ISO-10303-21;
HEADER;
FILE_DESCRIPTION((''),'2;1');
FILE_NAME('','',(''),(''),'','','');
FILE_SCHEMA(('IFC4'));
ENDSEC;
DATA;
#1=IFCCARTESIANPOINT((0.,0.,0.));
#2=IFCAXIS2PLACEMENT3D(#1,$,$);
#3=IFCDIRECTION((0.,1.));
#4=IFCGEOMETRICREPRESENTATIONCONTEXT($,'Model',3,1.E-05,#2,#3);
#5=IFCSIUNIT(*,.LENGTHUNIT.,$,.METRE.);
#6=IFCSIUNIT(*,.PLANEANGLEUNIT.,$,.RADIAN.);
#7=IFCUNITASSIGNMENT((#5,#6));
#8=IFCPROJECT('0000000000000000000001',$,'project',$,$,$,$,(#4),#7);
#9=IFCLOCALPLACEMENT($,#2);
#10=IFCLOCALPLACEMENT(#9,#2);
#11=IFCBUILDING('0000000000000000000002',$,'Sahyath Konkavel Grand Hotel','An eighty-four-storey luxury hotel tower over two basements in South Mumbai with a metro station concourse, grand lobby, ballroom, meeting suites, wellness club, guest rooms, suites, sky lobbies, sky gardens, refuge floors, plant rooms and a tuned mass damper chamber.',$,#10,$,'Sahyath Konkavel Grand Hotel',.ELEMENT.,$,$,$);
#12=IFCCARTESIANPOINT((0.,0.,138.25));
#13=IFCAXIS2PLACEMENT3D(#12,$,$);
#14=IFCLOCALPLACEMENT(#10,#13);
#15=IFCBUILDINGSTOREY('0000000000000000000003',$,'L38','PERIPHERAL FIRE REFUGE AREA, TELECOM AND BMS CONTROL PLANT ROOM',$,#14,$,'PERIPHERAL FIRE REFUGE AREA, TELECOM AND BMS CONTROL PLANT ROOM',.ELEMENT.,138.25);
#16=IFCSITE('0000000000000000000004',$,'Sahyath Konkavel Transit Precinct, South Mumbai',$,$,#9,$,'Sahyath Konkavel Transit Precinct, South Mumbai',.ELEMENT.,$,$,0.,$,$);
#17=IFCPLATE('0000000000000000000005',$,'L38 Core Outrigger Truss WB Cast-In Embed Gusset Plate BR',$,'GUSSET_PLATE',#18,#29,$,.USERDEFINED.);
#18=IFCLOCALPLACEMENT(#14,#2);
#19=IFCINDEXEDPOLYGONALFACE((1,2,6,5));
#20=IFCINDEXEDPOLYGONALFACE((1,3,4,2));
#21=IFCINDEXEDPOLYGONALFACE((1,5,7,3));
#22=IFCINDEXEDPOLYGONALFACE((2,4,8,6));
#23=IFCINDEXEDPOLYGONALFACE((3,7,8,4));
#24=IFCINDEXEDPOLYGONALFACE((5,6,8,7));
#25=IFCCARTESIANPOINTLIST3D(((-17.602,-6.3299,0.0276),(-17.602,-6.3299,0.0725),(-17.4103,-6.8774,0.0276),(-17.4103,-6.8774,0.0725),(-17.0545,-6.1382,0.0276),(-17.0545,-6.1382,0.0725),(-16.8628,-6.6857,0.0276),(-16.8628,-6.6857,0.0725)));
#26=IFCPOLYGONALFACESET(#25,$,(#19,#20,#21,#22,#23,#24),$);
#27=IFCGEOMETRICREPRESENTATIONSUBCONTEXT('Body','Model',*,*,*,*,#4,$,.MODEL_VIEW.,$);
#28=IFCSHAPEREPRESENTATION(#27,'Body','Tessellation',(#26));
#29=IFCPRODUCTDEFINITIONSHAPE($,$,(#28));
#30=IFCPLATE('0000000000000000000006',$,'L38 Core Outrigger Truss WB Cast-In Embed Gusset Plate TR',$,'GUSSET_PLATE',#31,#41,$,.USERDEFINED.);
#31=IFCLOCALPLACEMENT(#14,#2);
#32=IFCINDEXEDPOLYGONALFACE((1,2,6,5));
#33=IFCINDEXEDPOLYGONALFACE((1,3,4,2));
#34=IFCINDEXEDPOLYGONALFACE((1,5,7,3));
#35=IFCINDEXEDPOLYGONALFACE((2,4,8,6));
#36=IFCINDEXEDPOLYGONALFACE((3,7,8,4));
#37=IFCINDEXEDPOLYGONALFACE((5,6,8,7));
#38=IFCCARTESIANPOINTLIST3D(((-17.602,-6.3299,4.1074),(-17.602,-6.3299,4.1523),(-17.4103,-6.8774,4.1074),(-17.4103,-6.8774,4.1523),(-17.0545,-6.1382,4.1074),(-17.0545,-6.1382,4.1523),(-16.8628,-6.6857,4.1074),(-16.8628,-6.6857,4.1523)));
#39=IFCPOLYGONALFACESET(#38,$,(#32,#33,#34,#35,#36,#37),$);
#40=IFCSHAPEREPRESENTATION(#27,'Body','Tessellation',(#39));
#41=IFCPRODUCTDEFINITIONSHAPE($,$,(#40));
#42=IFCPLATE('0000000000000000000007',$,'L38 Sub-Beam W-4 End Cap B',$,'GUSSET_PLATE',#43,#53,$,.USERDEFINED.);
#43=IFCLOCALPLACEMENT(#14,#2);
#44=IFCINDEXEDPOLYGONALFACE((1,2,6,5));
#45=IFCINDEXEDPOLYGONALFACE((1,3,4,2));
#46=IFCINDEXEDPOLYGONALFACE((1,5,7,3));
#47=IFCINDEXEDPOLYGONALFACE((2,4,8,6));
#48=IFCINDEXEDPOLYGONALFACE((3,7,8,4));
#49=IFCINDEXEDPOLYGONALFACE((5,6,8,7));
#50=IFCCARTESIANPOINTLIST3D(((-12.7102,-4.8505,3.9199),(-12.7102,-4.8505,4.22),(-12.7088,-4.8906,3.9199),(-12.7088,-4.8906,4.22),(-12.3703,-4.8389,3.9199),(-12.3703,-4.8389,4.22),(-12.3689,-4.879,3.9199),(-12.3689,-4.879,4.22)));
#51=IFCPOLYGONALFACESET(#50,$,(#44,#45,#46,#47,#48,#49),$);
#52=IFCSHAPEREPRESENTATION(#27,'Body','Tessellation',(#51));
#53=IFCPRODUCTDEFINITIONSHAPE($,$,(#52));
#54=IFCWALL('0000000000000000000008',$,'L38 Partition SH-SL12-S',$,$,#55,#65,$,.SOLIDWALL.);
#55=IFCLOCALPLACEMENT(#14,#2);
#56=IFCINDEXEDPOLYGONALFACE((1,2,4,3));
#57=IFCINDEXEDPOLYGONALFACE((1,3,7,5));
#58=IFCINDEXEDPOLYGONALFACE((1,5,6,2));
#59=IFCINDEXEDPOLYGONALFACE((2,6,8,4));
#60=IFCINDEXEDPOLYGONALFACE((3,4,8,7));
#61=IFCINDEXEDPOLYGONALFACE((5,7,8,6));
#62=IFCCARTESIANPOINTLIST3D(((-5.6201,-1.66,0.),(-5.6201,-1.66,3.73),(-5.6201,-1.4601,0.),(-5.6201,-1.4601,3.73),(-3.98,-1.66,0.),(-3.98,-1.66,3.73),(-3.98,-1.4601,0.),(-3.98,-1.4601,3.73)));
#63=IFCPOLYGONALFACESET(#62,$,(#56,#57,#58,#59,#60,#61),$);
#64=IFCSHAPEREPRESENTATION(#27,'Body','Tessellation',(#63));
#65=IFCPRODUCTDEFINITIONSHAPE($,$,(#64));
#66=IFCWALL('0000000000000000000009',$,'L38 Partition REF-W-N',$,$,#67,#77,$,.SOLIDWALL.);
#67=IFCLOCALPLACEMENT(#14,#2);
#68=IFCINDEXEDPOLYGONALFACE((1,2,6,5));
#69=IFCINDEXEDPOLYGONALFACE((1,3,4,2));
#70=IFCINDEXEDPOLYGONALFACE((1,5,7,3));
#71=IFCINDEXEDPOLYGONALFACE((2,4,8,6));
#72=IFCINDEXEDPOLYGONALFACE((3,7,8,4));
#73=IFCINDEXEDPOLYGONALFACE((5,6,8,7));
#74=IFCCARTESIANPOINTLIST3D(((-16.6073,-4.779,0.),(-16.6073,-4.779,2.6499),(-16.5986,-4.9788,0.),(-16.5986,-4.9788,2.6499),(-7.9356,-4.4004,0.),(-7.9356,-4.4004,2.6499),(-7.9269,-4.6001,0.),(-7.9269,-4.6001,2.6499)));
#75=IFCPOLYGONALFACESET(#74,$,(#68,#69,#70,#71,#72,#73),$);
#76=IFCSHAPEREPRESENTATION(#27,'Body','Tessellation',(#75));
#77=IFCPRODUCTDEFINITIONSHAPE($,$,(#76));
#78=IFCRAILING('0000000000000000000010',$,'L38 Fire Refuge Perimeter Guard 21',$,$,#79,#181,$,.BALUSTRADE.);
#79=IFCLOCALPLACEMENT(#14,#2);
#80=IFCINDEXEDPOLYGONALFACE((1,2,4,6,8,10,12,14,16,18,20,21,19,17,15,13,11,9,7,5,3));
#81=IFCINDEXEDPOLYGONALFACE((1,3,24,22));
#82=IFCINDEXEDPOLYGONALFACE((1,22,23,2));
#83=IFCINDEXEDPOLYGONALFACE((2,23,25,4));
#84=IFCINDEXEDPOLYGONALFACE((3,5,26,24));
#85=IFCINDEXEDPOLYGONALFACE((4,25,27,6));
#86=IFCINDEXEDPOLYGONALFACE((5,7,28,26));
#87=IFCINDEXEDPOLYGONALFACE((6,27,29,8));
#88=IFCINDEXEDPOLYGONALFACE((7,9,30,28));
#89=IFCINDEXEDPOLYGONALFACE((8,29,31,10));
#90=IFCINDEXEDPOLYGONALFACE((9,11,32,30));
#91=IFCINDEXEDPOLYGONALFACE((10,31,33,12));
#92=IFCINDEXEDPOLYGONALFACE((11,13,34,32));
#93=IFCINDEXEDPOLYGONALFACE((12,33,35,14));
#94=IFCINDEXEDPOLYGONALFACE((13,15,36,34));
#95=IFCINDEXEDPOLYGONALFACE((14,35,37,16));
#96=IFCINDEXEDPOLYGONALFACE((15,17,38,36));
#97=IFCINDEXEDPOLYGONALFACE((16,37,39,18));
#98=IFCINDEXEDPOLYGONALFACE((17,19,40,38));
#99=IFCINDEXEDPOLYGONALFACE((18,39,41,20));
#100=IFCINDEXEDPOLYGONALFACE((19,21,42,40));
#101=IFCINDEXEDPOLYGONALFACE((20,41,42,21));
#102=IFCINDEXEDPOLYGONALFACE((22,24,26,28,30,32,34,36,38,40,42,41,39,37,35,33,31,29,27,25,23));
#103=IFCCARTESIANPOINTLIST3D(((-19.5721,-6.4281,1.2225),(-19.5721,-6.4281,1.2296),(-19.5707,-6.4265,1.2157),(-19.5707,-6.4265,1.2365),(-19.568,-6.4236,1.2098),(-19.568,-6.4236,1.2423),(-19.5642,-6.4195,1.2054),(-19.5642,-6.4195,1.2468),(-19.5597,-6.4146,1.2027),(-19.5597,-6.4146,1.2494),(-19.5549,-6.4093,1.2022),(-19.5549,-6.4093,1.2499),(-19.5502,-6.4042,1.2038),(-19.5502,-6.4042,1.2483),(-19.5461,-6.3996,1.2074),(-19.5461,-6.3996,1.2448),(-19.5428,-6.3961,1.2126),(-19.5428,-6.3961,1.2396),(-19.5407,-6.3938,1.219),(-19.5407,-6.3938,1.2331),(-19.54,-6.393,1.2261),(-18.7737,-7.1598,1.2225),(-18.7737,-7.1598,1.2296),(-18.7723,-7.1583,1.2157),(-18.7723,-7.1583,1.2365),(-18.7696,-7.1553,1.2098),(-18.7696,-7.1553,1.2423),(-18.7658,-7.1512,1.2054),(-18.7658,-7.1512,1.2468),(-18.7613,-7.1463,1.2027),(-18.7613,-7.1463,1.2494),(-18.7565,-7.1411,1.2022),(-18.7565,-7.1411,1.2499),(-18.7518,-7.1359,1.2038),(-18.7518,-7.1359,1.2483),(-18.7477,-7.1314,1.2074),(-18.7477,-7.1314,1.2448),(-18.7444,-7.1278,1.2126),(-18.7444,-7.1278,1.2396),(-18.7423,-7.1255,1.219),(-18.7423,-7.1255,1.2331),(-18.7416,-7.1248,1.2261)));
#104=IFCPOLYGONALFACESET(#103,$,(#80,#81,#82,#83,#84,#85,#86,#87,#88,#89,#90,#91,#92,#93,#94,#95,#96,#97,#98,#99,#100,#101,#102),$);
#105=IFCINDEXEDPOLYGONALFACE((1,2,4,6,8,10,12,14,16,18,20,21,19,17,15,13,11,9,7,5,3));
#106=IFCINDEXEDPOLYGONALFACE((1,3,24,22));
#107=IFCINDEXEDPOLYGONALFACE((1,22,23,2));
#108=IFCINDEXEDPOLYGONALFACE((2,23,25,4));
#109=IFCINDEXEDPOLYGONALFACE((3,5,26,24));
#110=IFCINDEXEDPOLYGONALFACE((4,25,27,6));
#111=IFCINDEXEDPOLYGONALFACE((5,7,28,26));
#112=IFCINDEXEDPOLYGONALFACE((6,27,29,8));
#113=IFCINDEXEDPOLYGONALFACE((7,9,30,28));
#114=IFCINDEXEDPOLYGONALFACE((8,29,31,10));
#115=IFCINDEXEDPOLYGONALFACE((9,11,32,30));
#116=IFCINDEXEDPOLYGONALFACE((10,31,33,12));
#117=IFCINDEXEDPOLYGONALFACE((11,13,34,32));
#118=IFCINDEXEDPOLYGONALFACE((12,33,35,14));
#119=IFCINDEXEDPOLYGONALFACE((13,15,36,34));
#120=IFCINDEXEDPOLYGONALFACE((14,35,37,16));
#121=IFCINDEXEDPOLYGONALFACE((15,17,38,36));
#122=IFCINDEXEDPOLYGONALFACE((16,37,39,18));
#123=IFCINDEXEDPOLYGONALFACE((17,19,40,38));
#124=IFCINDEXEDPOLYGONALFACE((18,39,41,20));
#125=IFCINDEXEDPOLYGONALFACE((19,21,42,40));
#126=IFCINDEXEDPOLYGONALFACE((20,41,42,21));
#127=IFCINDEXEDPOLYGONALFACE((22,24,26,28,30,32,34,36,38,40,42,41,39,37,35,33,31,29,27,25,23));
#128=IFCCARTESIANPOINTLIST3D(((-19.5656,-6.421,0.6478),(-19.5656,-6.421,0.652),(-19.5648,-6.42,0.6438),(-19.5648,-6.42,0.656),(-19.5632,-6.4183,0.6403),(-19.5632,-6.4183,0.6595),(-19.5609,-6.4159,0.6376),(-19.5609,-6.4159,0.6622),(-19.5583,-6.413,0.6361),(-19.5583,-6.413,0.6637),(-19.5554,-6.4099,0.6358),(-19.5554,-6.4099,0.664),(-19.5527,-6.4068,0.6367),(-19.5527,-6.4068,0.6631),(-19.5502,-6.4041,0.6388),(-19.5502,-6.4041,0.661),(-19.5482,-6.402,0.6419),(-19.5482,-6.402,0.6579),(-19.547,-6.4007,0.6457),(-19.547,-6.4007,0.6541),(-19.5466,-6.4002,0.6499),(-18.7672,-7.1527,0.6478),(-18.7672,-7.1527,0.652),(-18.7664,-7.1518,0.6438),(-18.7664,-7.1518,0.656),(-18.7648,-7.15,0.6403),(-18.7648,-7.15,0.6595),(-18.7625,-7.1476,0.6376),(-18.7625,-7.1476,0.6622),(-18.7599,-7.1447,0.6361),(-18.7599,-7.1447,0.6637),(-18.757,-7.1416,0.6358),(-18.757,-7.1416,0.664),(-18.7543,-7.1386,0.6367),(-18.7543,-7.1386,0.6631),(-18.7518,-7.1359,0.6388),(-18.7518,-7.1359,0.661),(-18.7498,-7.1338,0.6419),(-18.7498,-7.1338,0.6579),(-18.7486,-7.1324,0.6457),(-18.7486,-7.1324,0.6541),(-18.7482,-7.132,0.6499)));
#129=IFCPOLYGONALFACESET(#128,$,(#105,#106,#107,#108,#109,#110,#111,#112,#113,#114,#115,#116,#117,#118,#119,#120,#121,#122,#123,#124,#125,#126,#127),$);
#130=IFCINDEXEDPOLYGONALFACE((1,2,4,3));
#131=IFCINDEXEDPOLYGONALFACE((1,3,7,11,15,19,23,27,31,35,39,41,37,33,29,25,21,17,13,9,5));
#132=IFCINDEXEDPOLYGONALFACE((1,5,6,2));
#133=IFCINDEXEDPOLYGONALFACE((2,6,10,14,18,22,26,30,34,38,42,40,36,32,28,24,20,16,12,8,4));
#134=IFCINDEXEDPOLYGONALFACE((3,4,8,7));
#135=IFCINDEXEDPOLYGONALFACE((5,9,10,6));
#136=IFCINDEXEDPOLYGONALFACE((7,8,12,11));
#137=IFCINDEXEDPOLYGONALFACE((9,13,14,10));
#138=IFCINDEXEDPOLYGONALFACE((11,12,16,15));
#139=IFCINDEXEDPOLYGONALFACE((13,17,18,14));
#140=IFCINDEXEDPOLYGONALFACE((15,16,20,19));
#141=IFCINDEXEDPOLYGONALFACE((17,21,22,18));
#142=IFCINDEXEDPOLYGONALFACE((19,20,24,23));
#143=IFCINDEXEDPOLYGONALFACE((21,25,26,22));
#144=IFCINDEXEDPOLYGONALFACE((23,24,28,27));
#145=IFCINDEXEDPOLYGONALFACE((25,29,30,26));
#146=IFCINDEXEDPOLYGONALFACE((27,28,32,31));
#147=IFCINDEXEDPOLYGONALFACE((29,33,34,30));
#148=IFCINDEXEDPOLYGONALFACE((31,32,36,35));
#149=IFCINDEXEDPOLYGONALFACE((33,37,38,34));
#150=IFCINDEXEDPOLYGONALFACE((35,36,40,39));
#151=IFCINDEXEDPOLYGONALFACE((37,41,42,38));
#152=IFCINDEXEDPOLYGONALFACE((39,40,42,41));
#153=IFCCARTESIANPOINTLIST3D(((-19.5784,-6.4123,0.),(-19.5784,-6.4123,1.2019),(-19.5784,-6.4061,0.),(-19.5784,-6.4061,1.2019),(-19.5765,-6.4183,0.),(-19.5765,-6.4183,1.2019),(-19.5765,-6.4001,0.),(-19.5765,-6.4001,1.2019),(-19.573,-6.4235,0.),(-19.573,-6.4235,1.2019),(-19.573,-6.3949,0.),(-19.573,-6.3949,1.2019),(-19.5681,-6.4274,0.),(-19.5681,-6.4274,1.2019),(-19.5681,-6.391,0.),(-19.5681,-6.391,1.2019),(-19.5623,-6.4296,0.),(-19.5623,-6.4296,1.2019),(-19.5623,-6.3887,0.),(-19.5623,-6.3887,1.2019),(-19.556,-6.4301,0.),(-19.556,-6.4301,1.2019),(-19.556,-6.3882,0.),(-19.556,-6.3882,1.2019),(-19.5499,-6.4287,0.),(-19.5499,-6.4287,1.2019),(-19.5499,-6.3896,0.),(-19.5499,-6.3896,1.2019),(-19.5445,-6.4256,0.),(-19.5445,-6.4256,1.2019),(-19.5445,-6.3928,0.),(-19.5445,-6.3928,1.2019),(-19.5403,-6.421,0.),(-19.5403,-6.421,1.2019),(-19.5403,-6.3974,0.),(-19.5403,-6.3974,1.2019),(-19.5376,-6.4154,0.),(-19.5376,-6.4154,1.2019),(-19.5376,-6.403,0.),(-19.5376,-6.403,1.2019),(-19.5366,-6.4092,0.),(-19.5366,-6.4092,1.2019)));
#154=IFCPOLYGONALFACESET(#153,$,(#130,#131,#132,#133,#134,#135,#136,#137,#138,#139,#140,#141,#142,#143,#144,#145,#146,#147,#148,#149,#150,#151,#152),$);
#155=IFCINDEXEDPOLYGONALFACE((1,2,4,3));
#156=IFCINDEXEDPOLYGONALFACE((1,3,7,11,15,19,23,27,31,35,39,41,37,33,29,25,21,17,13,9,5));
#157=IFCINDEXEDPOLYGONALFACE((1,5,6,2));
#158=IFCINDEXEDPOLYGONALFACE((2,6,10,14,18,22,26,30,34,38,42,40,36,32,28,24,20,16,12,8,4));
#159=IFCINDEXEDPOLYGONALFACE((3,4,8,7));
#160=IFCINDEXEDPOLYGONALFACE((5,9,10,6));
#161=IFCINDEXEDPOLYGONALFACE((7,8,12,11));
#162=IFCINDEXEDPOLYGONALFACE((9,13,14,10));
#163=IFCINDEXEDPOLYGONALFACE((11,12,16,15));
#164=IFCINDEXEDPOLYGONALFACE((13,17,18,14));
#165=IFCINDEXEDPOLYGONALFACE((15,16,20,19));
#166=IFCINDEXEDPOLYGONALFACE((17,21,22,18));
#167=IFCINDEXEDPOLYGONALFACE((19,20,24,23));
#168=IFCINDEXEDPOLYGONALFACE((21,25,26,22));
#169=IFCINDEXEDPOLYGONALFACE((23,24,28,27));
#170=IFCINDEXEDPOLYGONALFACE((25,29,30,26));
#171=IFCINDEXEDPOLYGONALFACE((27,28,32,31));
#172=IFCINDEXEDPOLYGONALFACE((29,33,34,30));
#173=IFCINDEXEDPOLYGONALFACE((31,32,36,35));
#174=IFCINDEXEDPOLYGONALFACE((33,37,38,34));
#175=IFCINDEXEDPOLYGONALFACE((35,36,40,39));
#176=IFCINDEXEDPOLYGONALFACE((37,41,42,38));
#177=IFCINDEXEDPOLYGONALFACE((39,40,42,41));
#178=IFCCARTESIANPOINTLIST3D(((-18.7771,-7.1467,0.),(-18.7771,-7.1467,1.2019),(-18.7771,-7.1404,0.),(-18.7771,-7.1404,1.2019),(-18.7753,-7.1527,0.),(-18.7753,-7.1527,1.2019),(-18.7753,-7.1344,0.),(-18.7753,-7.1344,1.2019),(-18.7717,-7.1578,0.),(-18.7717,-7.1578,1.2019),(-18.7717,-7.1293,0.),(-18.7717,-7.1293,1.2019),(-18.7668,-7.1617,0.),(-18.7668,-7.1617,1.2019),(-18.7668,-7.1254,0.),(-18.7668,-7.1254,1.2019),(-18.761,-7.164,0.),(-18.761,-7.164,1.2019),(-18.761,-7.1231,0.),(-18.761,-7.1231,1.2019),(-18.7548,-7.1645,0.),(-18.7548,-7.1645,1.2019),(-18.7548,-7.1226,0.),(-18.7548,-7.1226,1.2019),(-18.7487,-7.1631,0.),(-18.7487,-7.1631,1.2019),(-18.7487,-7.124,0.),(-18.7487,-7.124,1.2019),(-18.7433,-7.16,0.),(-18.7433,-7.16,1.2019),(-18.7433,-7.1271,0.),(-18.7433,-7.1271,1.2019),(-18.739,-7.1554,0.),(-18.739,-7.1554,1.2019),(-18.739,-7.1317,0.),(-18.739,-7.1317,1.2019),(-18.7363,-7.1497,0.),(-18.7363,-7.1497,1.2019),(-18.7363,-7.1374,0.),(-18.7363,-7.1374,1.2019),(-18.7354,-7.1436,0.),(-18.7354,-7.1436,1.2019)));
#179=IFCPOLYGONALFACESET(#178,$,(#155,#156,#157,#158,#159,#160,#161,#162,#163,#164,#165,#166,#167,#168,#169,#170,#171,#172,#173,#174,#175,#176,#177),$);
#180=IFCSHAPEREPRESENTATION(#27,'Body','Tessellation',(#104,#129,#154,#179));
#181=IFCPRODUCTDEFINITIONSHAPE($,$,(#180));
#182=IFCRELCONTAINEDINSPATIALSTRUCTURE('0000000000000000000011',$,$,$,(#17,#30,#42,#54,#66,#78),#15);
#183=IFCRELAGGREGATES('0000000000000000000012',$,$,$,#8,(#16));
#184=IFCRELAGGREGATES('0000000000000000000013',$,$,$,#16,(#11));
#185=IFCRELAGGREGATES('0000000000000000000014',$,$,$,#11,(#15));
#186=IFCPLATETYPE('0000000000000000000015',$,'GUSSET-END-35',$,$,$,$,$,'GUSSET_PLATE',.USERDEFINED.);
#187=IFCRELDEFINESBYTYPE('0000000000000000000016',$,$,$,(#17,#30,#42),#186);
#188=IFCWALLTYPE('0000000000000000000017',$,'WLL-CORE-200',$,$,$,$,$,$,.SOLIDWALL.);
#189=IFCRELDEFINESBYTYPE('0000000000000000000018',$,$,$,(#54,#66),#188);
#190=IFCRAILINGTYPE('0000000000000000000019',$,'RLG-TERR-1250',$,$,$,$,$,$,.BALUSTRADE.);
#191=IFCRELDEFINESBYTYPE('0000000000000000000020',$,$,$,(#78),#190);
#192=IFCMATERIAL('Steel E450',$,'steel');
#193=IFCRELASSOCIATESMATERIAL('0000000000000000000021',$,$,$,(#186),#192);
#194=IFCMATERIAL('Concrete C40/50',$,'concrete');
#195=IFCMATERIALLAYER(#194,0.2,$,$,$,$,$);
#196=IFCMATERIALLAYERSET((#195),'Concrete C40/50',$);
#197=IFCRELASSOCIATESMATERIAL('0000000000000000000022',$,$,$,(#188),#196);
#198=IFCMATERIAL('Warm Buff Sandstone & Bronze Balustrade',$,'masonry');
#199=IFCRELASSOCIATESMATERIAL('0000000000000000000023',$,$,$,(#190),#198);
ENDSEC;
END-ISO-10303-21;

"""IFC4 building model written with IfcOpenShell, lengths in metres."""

from ifc_helpers import new_model, si_unit, direction, frame, frame_2d, origin, origin_2d, place, context, subcontext, project, spatial, rectangle, circle, extrude, source, transform, mapped, material, layer, layer_set, type_object, element, save


model = new_model("IFC4")

# Units and contexts
model_context = context("Model", 3, precision=1e-05, world=origin(), true_north=direction((0.0, 1.0)))
body_context = subcontext(model_context, "Body", "Model", "MODEL_VIEW")
ifc_project = project(units=[si_unit("LENGTHUNIT", "METRE"), si_unit("PLANEANGLEUNIT", "RADIAN")], contexts=[model_context])

# Site, building, storey
site_placement = place(None, origin())
site = spatial("IfcSite", under=ifc_project, at=site_placement, Name="Sahyath Konkavel Transit Precinct, South Mumbai", LongName="Sahyath Konkavel Transit Precinct, South Mumbai", CompositionType="ELEMENT", RefElevation=0.0)
building_placement = place(site_placement, origin())
building = spatial("IfcBuilding", under=site, at=building_placement, Name="Sahyath Konkavel Grand Hotel", Description="An eighty-four-storey luxury hotel tower over two basements in South Mumbai with a metro station concourse, grand lobby, ballroom, meeting suites, wellness club, guest rooms, suites, sky lobbies, sky gardens, refuge floors, plant rooms and a tuned mass damper chamber.", LongName="Sahyath Konkavel Grand Hotel", CompositionType="ELEMENT")
storey_placement = place(building_placement, frame((0.0, 0.0, 138.25)))
storey = spatial("IfcBuildingStorey", under=building, at=storey_placement, Name="L38", Description="PERIPHERAL FIRE REFUGE AREA, TELECOM AND BMS CONTROL PLANT ROOM", LongName="PERIPHERAL FIRE REFUGE AREA, TELECOM AND BMS CONTROL PLANT ROOM", CompositionType="ELEMENT", Elevation=138.25)

# Shared definitions
ifc_material_1 = material(Name="Steel E450", Category="steel")

# Plates
plate_type_1 = type_object("IfcPlateType", Name="GUSSET-END-35", ElementType="GUSSET_PLATE", PredefinedType="USERDEFINED", material=ifc_material_1)
shared_shape_1 = source(origin(), body_context, "Body", "SweptSolid", [
    extrude(rectangle(XDim=0.5801, YDim=0.5801, at=origin_2d()), origin(), (0.0, 0.0, 1.0), 0.0449),
])
for number, where, z_axis, x_axis, name in (
    (1, (-17.2324, -6.5078, 0.0276), (0.0, 0.0, 1.0), (-0.943818, -0.330465, 0.0), "L38 Core Outrigger Truss WB Cast-In Embed Gusset Plate BR"),
    (2, (-17.2324, -6.5078, 4.1074), (0.0, 0.0, 1.0), (-0.943818, -0.330465, 0.0), "L38 Core Outrigger Truss WB Cast-In Embed Gusset Plate TR"),
):
    element("IfcPlate", number, at=place(storey_placement, frame(where, z_axis=z_axis, x_axis=x_axis)), inside=storey, type_object=plate_type_1, Name=name, ObjectType="GUSSET_PLATE", PredefinedType="USERDEFINED", context=body_context, shape_type="MappedRepresentation", body=[
        mapped(shared_shape_1, transform((0.0, 0.0, 0.0), scale=1.0)),
    ])
shared_shape_2 = source(origin(), body_context, "Body", "SweptSolid", [
    extrude(rectangle(XDim=0.04, YDim=0.3401, at=origin_2d()), origin(), (0.0, 0.0, 1.0), 0.3),
])
plate_1_placement = place(storey_placement, frame((-12.5396, -4.8647, 3.9199), z_axis=(0.0, 0.0, 1.0), x_axis=(0.034132, -0.999417, 0.0)))
element("IfcPlate", 3, at=plate_1_placement, inside=storey, type_object=plate_type_1, Name="L38 Sub-Beam W-4 End Cap B", ObjectType="GUSSET_PLATE", PredefinedType="USERDEFINED", context=body_context, shape_type="MappedRepresentation", body=[
    mapped(shared_shape_2, transform((0.0, 0.0, 0.0), scale=1.0)),
])

# Walls
ifc_material_2 = material(Name="Concrete C40/50", Category="concrete")
ifc_layer = layer(ifc_material_2, 0.2)
ifc_layer_set = layer_set([ifc_layer], Name="Concrete C40/50")
wall_type = type_object("IfcWallType", Name="WLL-CORE-200", PredefinedType="SOLIDWALL", material=ifc_layer_set)
wall_1_placement = place(storey_placement, frame((-5.6201, -1.5601, 0.0), z_axis=(0.0, 0.0, 1.0), x_axis=(1.0, 0.0, 0.0)))
element("IfcWall", 4, at=wall_1_placement, inside=storey, type_object=wall_type, Name="L38 Partition SH-SL12-S", PredefinedType="SOLIDWALL", context=body_context, shape_type="SweptSolid", body=[
    extrude(rectangle(XDim=1.6401, YDim=0.2, at=frame_2d((0.8201, 0.0))), origin(), (0.0, 0.0, 1.0), 3.73),
])
wall_2_placement = place(storey_placement, frame((-7.9314, -4.5002, 0.0), z_axis=(0.0, 0.0, 1.0), x_axis=(-0.999048, -0.043625, 0.0)))
element("IfcWall", 5, at=wall_2_placement, inside=storey, type_object=wall_type, Name="L38 Partition REF-W-N", PredefinedType="SOLIDWALL", context=body_context, shape_type="SweptSolid", body=[
    extrude(rectangle(XDim=8.6799, YDim=0.2, at=frame_2d((4.3398, 0.0))), origin(), (0.0, 0.0, 1.0), 2.6499),
])

# Railing
ifc_material_3 = material(Name="Warm Buff Sandstone & Bronze Balustrade", Category="masonry")
railing_type = type_object("IfcRailingType", Name="RLG-TERR-1250", PredefinedType="BALUSTRADE", material=ifc_material_3)
railing_1_placement = place(storey_placement, frame((-19.5576, -6.4092, 0.0)))
element("IfcRailing", 6, at=railing_1_placement, inside=storey, type_object=railing_type, Name="L38 Fire Refuge Perimeter Guard 21", PredefinedType="BALUSTRADE", context=body_context, shape_type="SweptSolid", body=[
    extrude(circle(Radius=0.0239, at=origin_2d()), frame((0.0015, -0.0015, 1.2261), z_axis=(0.73721, -0.675664, 0.0), x_axis=(0.675664, 0.73721, 0.0)), (0.0, 0.0, 1.0), 1.083),
    extrude(circle(Radius=0.0142, at=origin_2d()), frame((0.0015, -0.0015, 0.6499), z_axis=(0.73721, -0.675664, 0.0), x_axis=(0.675664, 0.73721, 0.0)), (0.0, 0.0, 1.0), 1.083),
    extrude(circle(Radius=0.021, at=origin_2d()), origin(), (0.0, 0.0, 1.0), 1.2019),
    extrude(circle(Radius=0.021, at=origin_2d()), frame((0.8013, -0.7344, 0.0)), (0.0, 0.0, 1.0), 1.2019),
])

save(model, "model.ifc")
